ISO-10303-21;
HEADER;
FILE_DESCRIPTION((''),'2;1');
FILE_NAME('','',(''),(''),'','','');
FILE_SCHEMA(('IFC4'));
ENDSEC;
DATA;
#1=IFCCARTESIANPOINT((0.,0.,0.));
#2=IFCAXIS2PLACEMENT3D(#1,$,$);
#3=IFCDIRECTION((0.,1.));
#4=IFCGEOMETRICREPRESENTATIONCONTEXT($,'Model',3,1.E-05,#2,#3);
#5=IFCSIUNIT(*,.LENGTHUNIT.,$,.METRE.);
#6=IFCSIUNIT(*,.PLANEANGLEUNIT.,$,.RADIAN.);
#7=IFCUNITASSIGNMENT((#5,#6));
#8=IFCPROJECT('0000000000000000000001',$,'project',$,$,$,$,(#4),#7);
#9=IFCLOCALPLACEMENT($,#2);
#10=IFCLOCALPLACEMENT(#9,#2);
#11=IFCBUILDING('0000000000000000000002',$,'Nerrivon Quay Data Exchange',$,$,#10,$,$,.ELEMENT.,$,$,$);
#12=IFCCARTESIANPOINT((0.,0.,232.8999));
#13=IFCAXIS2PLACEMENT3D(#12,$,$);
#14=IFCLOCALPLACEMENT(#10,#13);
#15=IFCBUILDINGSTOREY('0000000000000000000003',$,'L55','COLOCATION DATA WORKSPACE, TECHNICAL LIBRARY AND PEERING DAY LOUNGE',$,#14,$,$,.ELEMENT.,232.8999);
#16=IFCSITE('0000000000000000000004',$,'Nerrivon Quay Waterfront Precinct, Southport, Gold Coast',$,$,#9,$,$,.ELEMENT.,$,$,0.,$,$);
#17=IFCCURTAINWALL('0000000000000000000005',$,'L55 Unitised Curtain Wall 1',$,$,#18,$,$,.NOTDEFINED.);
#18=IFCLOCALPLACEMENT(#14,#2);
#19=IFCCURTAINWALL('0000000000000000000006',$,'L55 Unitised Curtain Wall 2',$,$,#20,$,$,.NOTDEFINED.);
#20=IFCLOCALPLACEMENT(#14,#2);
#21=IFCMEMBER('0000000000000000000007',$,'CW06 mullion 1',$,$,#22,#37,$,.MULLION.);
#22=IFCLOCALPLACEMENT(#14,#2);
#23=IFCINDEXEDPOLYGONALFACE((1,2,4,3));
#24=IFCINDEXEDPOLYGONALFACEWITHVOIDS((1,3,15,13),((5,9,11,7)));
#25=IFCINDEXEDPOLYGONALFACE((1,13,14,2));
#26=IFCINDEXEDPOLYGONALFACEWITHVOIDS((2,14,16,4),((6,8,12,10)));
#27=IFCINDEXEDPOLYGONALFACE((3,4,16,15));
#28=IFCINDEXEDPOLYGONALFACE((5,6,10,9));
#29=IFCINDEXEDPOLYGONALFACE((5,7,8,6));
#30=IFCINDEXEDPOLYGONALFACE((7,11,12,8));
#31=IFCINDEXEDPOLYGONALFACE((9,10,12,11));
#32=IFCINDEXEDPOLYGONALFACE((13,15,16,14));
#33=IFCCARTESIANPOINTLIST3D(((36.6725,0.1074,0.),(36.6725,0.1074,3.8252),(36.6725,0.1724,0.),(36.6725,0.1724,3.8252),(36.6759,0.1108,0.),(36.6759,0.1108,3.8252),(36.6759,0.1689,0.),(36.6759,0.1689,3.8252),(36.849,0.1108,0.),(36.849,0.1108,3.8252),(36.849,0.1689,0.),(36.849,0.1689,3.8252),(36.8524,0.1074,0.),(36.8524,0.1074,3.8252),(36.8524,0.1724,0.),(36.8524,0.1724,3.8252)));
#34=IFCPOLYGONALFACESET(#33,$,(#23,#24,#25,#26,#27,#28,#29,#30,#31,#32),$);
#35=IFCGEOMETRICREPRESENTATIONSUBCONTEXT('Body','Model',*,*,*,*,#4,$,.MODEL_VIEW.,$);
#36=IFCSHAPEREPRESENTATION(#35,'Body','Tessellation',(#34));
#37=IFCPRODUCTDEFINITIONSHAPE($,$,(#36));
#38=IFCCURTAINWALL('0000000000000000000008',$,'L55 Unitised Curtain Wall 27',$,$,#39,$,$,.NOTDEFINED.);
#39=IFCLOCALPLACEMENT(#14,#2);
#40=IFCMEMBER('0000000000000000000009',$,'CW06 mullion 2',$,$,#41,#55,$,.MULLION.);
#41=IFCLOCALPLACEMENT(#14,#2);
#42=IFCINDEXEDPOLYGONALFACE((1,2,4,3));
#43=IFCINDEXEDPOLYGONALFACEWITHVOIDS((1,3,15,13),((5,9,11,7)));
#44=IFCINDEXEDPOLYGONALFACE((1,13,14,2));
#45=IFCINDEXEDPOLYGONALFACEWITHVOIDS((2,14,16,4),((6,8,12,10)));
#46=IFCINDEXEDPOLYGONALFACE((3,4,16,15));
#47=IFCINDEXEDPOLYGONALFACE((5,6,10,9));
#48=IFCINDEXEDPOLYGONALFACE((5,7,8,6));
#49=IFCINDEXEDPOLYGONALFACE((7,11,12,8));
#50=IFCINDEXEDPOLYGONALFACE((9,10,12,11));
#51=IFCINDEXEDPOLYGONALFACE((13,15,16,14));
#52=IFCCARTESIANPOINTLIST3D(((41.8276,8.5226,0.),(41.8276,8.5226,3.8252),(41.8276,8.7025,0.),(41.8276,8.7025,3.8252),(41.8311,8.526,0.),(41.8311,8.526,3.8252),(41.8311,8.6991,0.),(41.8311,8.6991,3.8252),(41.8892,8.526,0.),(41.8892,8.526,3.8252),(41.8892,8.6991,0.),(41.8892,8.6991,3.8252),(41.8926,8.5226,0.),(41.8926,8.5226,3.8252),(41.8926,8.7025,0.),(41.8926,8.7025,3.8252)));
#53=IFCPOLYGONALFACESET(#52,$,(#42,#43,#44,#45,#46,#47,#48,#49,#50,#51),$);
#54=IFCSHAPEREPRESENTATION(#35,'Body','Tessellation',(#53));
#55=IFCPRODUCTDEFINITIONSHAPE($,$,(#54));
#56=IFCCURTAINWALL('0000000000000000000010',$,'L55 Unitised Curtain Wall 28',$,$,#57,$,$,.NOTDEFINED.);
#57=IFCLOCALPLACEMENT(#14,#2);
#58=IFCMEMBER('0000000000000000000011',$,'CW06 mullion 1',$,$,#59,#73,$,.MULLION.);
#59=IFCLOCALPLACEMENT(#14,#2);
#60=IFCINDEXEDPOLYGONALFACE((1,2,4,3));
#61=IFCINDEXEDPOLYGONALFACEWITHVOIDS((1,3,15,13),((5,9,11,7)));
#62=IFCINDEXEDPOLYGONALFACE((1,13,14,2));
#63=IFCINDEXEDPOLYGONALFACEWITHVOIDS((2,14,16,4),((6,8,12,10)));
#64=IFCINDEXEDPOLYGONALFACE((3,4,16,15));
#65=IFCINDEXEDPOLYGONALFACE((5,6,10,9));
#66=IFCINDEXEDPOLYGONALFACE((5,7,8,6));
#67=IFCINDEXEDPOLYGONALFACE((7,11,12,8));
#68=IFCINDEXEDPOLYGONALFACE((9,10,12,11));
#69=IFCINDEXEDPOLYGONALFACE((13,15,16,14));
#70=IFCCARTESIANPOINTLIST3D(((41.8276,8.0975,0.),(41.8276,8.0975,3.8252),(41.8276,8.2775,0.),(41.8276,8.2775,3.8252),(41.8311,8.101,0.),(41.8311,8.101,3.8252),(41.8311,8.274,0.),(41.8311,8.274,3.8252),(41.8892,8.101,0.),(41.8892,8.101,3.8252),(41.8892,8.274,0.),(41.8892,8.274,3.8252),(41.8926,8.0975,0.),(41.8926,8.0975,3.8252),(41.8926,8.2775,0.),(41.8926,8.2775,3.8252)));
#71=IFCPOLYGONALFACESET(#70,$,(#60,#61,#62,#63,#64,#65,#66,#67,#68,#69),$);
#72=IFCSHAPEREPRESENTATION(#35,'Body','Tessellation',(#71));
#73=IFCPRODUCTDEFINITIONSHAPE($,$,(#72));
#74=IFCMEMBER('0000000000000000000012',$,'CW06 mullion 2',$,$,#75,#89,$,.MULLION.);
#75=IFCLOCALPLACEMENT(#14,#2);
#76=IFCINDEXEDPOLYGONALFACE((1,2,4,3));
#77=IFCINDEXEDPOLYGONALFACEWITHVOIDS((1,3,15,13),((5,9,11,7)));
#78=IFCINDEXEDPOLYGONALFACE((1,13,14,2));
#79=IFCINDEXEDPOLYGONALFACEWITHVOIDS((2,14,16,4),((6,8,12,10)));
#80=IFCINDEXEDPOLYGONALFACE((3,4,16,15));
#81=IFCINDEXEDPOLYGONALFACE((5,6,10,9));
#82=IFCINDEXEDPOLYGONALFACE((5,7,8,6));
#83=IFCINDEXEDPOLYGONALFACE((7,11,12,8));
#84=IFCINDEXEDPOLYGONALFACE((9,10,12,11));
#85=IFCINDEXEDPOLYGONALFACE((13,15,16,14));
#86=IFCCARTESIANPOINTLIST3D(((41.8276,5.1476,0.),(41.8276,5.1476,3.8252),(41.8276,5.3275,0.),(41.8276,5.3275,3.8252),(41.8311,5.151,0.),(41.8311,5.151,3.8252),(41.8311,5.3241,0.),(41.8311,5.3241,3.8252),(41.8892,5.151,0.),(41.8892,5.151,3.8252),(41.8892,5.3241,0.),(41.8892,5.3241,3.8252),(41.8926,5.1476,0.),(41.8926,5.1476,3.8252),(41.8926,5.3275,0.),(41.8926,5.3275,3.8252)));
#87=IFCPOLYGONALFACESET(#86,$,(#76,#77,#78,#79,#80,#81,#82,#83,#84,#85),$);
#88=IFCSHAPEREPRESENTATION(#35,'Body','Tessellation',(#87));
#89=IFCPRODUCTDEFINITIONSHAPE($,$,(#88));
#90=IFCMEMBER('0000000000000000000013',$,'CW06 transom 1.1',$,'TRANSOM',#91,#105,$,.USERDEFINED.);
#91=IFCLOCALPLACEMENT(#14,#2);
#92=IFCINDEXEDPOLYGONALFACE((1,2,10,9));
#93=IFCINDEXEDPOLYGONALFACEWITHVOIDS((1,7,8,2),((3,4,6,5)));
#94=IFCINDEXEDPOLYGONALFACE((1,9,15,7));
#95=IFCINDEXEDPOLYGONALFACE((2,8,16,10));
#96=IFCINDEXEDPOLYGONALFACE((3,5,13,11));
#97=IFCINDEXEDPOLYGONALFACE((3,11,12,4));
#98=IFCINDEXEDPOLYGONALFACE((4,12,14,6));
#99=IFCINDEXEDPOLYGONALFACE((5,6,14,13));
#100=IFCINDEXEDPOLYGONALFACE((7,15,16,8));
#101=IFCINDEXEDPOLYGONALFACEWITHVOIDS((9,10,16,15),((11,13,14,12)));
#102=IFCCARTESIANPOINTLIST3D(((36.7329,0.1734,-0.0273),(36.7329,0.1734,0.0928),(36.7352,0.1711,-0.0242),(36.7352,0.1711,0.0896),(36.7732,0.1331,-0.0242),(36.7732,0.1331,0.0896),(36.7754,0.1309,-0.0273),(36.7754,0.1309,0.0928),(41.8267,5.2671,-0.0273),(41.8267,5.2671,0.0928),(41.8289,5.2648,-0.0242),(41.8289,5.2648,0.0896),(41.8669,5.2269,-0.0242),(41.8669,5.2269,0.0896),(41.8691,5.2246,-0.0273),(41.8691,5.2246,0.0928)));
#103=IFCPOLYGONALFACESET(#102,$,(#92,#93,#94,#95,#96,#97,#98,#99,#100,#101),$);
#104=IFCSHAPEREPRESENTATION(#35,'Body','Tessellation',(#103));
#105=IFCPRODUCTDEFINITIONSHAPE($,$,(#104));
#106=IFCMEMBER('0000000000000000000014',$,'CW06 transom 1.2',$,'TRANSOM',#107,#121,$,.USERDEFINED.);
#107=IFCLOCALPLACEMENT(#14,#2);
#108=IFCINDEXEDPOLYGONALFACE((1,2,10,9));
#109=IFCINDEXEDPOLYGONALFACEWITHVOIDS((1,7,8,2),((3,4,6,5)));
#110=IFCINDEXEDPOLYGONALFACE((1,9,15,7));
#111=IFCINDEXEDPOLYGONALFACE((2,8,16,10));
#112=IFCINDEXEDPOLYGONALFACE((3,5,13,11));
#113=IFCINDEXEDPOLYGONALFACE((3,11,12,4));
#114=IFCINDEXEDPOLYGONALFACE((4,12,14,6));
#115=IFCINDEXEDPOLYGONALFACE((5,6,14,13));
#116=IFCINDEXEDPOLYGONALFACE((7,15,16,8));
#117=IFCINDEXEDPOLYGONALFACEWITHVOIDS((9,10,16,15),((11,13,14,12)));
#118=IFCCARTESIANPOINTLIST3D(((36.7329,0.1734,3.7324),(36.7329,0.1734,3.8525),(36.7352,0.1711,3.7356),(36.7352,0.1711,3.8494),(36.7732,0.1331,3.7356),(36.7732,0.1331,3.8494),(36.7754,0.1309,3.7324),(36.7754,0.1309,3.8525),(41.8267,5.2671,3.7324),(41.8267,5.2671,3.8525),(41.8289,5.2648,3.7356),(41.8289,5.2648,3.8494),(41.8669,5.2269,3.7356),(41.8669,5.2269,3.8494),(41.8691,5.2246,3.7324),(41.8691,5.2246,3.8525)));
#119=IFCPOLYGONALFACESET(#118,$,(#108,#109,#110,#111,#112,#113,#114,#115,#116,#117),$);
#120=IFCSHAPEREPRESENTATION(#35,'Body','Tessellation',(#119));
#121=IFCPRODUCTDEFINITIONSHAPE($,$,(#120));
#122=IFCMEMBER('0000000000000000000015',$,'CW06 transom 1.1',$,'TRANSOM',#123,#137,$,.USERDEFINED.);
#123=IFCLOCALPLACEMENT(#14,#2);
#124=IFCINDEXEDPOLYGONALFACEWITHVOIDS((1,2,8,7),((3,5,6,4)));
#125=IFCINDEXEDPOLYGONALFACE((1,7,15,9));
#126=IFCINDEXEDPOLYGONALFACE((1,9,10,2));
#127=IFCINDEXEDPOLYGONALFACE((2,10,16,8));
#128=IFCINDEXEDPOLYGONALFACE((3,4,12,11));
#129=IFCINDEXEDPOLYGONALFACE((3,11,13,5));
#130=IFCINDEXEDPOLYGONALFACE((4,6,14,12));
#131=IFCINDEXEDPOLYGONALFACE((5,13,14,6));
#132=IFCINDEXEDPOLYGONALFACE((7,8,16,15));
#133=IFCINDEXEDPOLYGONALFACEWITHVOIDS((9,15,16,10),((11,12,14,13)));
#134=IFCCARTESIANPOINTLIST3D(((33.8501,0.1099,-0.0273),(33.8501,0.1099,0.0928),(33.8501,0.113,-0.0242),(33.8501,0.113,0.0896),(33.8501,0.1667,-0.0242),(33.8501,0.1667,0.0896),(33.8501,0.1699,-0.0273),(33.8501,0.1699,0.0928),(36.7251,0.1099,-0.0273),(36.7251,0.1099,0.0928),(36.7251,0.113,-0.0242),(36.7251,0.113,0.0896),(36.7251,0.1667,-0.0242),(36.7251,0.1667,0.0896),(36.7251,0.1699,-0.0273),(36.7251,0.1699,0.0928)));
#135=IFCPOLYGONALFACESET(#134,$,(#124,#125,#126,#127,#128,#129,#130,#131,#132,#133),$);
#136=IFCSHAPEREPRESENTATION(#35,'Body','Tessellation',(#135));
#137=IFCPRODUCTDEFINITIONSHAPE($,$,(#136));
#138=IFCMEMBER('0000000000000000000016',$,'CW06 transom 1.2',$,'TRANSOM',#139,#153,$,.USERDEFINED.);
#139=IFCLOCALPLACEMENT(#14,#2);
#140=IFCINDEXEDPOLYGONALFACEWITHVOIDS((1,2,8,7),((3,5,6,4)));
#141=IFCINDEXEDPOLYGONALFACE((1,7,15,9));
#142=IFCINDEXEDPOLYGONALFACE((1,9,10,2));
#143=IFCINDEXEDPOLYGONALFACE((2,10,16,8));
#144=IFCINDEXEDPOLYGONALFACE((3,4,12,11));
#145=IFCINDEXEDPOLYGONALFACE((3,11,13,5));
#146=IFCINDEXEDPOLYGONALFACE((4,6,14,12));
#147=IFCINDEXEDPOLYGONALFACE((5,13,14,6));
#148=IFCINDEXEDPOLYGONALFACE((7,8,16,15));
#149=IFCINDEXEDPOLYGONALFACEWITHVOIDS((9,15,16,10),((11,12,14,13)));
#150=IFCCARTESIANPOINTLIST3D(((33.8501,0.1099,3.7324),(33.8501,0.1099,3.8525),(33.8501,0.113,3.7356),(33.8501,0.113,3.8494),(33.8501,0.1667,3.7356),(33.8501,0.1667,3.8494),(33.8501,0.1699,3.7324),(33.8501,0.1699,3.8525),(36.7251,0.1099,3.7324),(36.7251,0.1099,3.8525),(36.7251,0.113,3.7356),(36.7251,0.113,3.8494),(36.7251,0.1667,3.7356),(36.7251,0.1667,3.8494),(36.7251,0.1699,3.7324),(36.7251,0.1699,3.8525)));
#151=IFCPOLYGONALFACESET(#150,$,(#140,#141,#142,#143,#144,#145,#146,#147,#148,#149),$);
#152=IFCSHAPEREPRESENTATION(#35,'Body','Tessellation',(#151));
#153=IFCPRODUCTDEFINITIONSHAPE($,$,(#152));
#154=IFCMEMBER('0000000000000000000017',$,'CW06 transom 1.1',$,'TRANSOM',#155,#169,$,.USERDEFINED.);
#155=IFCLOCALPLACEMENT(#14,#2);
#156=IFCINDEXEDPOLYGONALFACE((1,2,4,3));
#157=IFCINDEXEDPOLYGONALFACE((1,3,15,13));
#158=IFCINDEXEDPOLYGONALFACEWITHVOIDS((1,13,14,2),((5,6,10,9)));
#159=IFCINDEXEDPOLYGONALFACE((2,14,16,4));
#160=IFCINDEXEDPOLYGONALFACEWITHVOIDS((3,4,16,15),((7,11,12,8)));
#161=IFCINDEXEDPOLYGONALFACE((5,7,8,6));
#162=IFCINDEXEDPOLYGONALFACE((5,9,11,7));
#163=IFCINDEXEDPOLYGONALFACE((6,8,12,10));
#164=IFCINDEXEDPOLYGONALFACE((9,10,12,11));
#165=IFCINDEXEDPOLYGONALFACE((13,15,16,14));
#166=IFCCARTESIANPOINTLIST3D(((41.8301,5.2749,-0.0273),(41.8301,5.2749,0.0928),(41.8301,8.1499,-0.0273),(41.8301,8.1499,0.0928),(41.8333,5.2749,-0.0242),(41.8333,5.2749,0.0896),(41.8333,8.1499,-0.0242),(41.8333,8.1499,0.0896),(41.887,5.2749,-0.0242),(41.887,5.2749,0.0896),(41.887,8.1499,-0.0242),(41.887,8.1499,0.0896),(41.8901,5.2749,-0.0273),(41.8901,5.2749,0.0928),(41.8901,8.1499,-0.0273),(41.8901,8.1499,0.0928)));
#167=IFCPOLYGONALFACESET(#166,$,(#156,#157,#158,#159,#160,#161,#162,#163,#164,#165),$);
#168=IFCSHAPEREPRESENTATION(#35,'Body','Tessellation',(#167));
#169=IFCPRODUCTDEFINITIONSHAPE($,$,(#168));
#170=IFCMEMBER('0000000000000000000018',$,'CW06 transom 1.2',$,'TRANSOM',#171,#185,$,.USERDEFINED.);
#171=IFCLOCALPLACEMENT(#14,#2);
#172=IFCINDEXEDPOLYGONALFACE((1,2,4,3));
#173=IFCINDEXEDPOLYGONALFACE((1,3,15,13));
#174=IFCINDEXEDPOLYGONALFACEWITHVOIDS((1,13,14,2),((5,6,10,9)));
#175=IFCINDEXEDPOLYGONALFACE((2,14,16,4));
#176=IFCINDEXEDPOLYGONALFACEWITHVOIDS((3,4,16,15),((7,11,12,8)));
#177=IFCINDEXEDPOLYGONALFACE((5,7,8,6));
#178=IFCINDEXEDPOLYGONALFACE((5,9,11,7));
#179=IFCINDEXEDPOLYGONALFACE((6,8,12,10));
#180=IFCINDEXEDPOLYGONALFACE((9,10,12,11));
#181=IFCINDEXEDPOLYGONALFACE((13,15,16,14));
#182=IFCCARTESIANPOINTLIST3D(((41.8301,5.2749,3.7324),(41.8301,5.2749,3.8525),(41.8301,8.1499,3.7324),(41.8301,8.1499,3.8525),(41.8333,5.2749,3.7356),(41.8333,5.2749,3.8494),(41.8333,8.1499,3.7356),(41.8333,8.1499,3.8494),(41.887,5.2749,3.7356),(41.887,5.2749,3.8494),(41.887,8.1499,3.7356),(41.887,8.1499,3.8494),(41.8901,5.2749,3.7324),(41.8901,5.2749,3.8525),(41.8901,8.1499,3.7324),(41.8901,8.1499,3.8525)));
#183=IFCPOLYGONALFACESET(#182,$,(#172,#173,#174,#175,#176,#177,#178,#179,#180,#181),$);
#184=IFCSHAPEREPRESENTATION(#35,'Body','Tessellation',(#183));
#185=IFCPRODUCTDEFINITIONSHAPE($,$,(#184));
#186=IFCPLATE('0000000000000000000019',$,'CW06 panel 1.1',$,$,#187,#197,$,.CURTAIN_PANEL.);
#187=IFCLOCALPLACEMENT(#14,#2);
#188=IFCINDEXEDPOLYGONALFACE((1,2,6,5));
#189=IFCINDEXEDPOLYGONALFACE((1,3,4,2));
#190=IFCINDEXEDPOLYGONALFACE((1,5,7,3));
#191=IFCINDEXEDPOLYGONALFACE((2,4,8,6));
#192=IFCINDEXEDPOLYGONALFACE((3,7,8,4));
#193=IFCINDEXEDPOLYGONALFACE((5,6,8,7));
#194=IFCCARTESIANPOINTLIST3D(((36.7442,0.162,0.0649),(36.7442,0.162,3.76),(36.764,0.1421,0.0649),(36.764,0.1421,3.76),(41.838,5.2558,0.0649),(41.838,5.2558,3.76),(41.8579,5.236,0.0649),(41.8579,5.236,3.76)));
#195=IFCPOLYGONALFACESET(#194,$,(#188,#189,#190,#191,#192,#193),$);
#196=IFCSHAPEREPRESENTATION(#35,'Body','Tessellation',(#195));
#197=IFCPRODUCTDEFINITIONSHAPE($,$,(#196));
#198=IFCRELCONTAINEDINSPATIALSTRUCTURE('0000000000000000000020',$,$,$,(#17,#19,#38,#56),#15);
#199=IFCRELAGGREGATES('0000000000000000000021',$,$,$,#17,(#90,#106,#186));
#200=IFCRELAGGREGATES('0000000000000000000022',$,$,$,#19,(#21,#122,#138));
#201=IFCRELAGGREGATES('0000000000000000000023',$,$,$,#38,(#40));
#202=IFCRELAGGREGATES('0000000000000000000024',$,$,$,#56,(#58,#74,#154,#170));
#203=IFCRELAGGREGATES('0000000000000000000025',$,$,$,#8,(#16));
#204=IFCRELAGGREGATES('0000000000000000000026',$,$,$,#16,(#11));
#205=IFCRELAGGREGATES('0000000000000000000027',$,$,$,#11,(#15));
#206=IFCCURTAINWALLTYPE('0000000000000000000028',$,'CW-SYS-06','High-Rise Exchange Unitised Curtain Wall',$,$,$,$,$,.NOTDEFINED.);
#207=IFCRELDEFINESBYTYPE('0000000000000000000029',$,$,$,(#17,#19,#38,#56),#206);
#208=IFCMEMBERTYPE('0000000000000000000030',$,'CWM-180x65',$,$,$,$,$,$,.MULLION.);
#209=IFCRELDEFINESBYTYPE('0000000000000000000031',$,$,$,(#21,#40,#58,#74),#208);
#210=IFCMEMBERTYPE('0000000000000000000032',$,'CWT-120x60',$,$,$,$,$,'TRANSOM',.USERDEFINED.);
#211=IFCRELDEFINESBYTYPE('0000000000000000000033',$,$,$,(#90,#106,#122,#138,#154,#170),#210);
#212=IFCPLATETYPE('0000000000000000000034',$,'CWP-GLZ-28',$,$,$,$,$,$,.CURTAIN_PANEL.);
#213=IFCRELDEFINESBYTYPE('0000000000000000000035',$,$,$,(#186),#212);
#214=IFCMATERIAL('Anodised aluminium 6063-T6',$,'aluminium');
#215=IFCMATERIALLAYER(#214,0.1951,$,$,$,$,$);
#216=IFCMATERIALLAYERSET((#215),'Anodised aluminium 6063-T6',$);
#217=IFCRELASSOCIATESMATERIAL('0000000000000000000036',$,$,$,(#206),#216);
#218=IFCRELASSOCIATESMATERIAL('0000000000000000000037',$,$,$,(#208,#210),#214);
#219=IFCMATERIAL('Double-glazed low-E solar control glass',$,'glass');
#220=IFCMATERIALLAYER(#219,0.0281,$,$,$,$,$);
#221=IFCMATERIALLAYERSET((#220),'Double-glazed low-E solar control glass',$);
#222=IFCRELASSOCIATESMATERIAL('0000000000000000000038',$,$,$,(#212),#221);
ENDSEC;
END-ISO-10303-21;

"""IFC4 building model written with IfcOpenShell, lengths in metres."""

from ifc_helpers import new_model, si_unit, direction, frame, origin, origin_2d, place, context, subcontext, project, spatial, rectangle, hollow_rectangle, extrude, material, layer, layer_set, material_profile, profile_set, type_object, element, aggregate, save


model = new_model("IFC4")

# Units and contexts
model_context = context("Model", 3, precision=1e-05, world=origin(), true_north=direction((0.0, 1.0)))
body_context = subcontext(model_context, "Body", "Model", "MODEL_VIEW")
ifc_project = project(units=[si_unit("LENGTHUNIT", "METRE"), si_unit("PLANEANGLEUNIT", "RADIAN")], contexts=[model_context])

# Site, building, storey
site_placement = place(None, origin())
site = spatial("IfcSite", under=ifc_project, at=site_placement, Name="Nerrivon Quay Waterfront Precinct, Southport, Gold Coast", CompositionType="ELEMENT", RefElevation=0.0)
building_placement = place(site_placement, origin())
building = spatial("IfcBuilding", under=site, at=building_placement, Name="Nerrivon Quay Data Exchange", CompositionType="ELEMENT")
storey_placement = place(building_placement, frame((0.0, 0.0, 232.8999)))
storey = spatial("IfcBuildingStorey", under=building, at=storey_placement, Name="L55", Description="COLOCATION DATA WORKSPACE, TECHNICAL LIBRARY AND PEERING DAY LOUNGE", CompositionType="ELEMENT", Elevation=232.8999)

# Curtain wall
ifc_material_1 = material(Name="Anodised aluminium 6063-T6", Category="aluminium")
ifc_layer_1 = layer(ifc_material_1, 0.1951)
ifc_layer_set_1 = layer_set([ifc_layer_1], Name="Anodised aluminium 6063-T6")
curtain_wall_type = type_object("IfcCurtainWallType", Name="CW-SYS-06", Description="High-Rise Exchange Unitised Curtain Wall", PredefinedType="NOTDEFINED", material=ifc_layer_set_1)
curtain_wall_1_placement = place(storey_placement, origin())
curtain_wall_1 = element("IfcCurtainWall", 1, at=curtain_wall_1_placement, inside=storey, type_object=curtain_wall_type, Name="L55 Unitised Curtain Wall 1", PredefinedType="NOTDEFINED")
ifc_material_profile_1 = material_profile(ifc_material_1, hollow_rectangle(XDim=0.0649, YDim=0.1799, WallThickness=0.0034, at=origin_2d()), Name="ALU-MULL-180x65")
ifc_profile_set_1 = profile_set([ifc_material_profile_1], Name="Anodised aluminium 6063-T6")
member_type_1 = type_object("IfcMemberType", Name="CWM-180x65", PredefinedType="MULLION", material=ifc_profile_set_1)

# Curtain walls, members
curtain_wall_2_placement = place(storey_placement, origin())
curtain_wall_2 = element("IfcCurtainWall", 2, at=curtain_wall_2_placement, inside=storey, type_object=curtain_wall_type, Name="L55 Unitised Curtain Wall 2", PredefinedType="NOTDEFINED")
member_1_placement = place(storey_placement, frame((36.7625, 0.1399, 0.0), z_axis=(0.0, 0.0, 1.0), x_axis=(0.0, -1.0, 0.0)))
member_1 = element("IfcMember", 3, at=member_1_placement, type_object=member_type_1, Name="CW06 mullion 1", PredefinedType="MULLION", context=body_context, shape_type="SweptSolid", body=[
    extrude(hollow_rectangle(XDim=0.0649, YDim=0.1799, WallThickness=0.0034, at=origin_2d()), origin(), (0.0, 0.0, 1.0), 3.8252),
])
curtain_wall_3_placement = place(storey_placement, origin())
curtain_wall_3 = element("IfcCurtainWall", 4, at=curtain_wall_3_placement, inside=storey, type_object=curtain_wall_type, Name="L55 Unitised Curtain Wall 27", PredefinedType="NOTDEFINED")
member_2_placement = place(storey_placement, frame((41.8601, 8.6125, 0.0), z_axis=(0.0, 0.0, 1.0), x_axis=(1.0, 0.0, 0.0)))
member_2 = element("IfcMember", 5, at=member_2_placement, type_object=member_type_1, Name="CW06 mullion 2", PredefinedType="MULLION", context=body_context, shape_type="SweptSolid", body=[
    extrude(hollow_rectangle(XDim=0.0649, YDim=0.1799, WallThickness=0.0034, at=origin_2d()), origin(), (0.0, 0.0, 1.0), 3.8252),
])

# Curtain wall, members
curtain_wall_4_placement = place(storey_placement, origin())
curtain_wall_4 = element("IfcCurtainWall", 6, at=curtain_wall_4_placement, inside=storey, type_object=curtain_wall_type, Name="L55 Unitised Curtain Wall 28", PredefinedType="NOTDEFINED")
member_3_placement = place(storey_placement, frame((41.8601, 8.1875, 0.0), z_axis=(0.0, 0.0, 1.0), x_axis=(1.0, 0.0, 0.0)))
member_3 = element("IfcMember", 7, at=member_3_placement, type_object=member_type_1, Name="CW06 mullion 1", PredefinedType="MULLION", context=body_context, shape_type="SweptSolid", body=[
    extrude(hollow_rectangle(XDim=0.0649, YDim=0.1799, WallThickness=0.0034, at=origin_2d()), origin(), (0.0, 0.0, 1.0), 3.8252),
])
member_4_placement = place(storey_placement, frame((41.8601, 5.2375, 0.0), z_axis=(0.0, 0.0, 1.0), x_axis=(1.0, 0.0, 0.0)))
member_4 = element("IfcMember", 8, at=member_4_placement, type_object=member_type_1, Name="CW06 mullion 2", PredefinedType="MULLION", context=body_context, shape_type="SweptSolid", body=[
    extrude(hollow_rectangle(XDim=0.0649, YDim=0.1799, WallThickness=0.0034, at=origin_2d()), origin(), (0.0, 0.0, 1.0), 3.8252),
])

# Members
ifc_material_profile_2 = material_profile(ifc_material_1, hollow_rectangle(XDim=0.0601, YDim=0.1201, WallThickness=0.0032, at=origin_2d()), Name="ALU-TRAN-120x60")
ifc_profile_set_2 = profile_set([ifc_material_profile_2], Name="Anodised aluminium 6063-T6")
member_type_2 = type_object("IfcMemberType", Name="CWT-120x60", ElementType="TRANSOM", PredefinedType="USERDEFINED", material=ifc_profile_set_2)
member_5_placement = place(storey_placement, frame((41.8479, 5.2458, 0.0327), z_axis=(-0.707107, -0.707107, 0.0), x_axis=(0.707107, -0.707107, 0.0)))
member_5 = element("IfcMember", 9, at=member_5_placement, type_object=member_type_2, Name="CW06 transom 1.1", ObjectType="TRANSOM", PredefinedType="USERDEFINED", context=body_context, shape_type="SweptSolid", body=[
    extrude(hollow_rectangle(XDim=0.0601, YDim=0.1201, WallThickness=0.0032, at=origin_2d()), origin(), (0.0, 0.0, 1.0), 7.2036),
])
member_6_placement = place(storey_placement, frame((41.8479, 5.2458, 3.7925), z_axis=(-0.707107, -0.707107, 0.0), x_axis=(0.707107, -0.707107, 0.0)))
member_6 = element("IfcMember", 10, at=member_6_placement, type_object=member_type_2, Name="CW06 transom 1.2", ObjectType="TRANSOM", PredefinedType="USERDEFINED", context=body_context, shape_type="SweptSolid", body=[
    extrude(hollow_rectangle(XDim=0.0601, YDim=0.1201, WallThickness=0.0032, at=origin_2d()), origin(), (0.0, 0.0, 1.0), 7.2036),
])
member_7_placement = place(storey_placement, frame((36.7251, 0.1399, 0.0327), z_axis=(-1.0, 0.0, 0.0), x_axis=(0.0, -1.0, 0.0)))
member_7 = element("IfcMember", 11, at=member_7_placement, type_object=member_type_2, Name="CW06 transom 1.1", ObjectType="TRANSOM", PredefinedType="USERDEFINED", context=body_context, shape_type="SweptSolid", body=[
    extrude(hollow_rectangle(XDim=0.0601, YDim=0.1201, WallThickness=0.0032, at=origin_2d()), origin(), (0.0, 0.0, 1.0), 2.875),
])
member_8_placement = place(storey_placement, frame((36.7251, 0.1399, 3.7925), z_axis=(-1.0, 0.0, 0.0), x_axis=(0.0, -1.0, 0.0)))
member_8 = element("IfcMember", 12, at=member_8_placement, type_object=member_type_2, Name="CW06 transom 1.2", ObjectType="TRANSOM", PredefinedType="USERDEFINED", context=body_context, shape_type="SweptSolid", body=[
    extrude(hollow_rectangle(XDim=0.0601, YDim=0.1201, WallThickness=0.0032, at=origin_2d()), origin(), (0.0, 0.0, 1.0), 2.875),
])
member_9_placement = place(storey_placement, frame((41.8601, 8.1499, 0.0327), z_axis=(0.0, -1.0, 0.0), x_axis=(1.0, 0.0, 0.0)))
member_9 = element("IfcMember", 13, at=member_9_placement, type_object=member_type_2, Name="CW06 transom 1.1", ObjectType="TRANSOM", PredefinedType="USERDEFINED", context=body_context, shape_type="SweptSolid", body=[
    extrude(hollow_rectangle(XDim=0.0601, YDim=0.1201, WallThickness=0.0032, at=origin_2d()), origin(), (0.0, 0.0, 1.0), 2.875),
])
member_10_placement = place(storey_placement, frame((41.8601, 8.1499, 3.7925), z_axis=(0.0, -1.0, 0.0), x_axis=(1.0, 0.0, 0.0)))
member_10 = element("IfcMember", 14, at=member_10_placement, type_object=member_type_2, Name="CW06 transom 1.2", ObjectType="TRANSOM", PredefinedType="USERDEFINED", context=body_context, shape_type="SweptSolid", body=[
    extrude(hollow_rectangle(XDim=0.0601, YDim=0.1201, WallThickness=0.0032, at=origin_2d()), origin(), (0.0, 0.0, 1.0), 2.875),
])

# Plate
ifc_material_2 = material(Name="Double-glazed low-E solar control glass", Category="glass")
ifc_layer_2 = layer(ifc_material_2, 0.0281)
ifc_layer_set_2 = layer_set([ifc_layer_2], Name="Double-glazed low-E solar control glass")
plate_type = type_object("IfcPlateType", Name="CWP-GLZ-28", PredefinedType="CURTAIN_PANEL", material=ifc_layer_set_2)
plate_1_placement = place(storey_placement, frame((39.301, 2.699, 0.0649), z_axis=(0.0, 0.0, 1.0), x_axis=(-0.707107, -0.707107, 0.0)))
plate_1 = element("IfcPlate", 15, at=plate_1_placement, type_object=plate_type, Name="CW06 panel 1.1", PredefinedType="CURTAIN_PANEL", context=body_context, shape_type="SweptSolid", body=[
    extrude(rectangle(XDim=7.2039, YDim=0.0281, at=origin_2d()), origin(), (0.0, 0.0, 1.0), 3.6951),
])
aggregate(curtain_wall_1, [member_5, member_6, plate_1])
aggregate(curtain_wall_2, [member_1, member_7, member_8])
aggregate(curtain_wall_3, [member_2])
aggregate(curtain_wall_4, [member_3, member_4, member_9, member_10])

save(model, "model.ifc")
